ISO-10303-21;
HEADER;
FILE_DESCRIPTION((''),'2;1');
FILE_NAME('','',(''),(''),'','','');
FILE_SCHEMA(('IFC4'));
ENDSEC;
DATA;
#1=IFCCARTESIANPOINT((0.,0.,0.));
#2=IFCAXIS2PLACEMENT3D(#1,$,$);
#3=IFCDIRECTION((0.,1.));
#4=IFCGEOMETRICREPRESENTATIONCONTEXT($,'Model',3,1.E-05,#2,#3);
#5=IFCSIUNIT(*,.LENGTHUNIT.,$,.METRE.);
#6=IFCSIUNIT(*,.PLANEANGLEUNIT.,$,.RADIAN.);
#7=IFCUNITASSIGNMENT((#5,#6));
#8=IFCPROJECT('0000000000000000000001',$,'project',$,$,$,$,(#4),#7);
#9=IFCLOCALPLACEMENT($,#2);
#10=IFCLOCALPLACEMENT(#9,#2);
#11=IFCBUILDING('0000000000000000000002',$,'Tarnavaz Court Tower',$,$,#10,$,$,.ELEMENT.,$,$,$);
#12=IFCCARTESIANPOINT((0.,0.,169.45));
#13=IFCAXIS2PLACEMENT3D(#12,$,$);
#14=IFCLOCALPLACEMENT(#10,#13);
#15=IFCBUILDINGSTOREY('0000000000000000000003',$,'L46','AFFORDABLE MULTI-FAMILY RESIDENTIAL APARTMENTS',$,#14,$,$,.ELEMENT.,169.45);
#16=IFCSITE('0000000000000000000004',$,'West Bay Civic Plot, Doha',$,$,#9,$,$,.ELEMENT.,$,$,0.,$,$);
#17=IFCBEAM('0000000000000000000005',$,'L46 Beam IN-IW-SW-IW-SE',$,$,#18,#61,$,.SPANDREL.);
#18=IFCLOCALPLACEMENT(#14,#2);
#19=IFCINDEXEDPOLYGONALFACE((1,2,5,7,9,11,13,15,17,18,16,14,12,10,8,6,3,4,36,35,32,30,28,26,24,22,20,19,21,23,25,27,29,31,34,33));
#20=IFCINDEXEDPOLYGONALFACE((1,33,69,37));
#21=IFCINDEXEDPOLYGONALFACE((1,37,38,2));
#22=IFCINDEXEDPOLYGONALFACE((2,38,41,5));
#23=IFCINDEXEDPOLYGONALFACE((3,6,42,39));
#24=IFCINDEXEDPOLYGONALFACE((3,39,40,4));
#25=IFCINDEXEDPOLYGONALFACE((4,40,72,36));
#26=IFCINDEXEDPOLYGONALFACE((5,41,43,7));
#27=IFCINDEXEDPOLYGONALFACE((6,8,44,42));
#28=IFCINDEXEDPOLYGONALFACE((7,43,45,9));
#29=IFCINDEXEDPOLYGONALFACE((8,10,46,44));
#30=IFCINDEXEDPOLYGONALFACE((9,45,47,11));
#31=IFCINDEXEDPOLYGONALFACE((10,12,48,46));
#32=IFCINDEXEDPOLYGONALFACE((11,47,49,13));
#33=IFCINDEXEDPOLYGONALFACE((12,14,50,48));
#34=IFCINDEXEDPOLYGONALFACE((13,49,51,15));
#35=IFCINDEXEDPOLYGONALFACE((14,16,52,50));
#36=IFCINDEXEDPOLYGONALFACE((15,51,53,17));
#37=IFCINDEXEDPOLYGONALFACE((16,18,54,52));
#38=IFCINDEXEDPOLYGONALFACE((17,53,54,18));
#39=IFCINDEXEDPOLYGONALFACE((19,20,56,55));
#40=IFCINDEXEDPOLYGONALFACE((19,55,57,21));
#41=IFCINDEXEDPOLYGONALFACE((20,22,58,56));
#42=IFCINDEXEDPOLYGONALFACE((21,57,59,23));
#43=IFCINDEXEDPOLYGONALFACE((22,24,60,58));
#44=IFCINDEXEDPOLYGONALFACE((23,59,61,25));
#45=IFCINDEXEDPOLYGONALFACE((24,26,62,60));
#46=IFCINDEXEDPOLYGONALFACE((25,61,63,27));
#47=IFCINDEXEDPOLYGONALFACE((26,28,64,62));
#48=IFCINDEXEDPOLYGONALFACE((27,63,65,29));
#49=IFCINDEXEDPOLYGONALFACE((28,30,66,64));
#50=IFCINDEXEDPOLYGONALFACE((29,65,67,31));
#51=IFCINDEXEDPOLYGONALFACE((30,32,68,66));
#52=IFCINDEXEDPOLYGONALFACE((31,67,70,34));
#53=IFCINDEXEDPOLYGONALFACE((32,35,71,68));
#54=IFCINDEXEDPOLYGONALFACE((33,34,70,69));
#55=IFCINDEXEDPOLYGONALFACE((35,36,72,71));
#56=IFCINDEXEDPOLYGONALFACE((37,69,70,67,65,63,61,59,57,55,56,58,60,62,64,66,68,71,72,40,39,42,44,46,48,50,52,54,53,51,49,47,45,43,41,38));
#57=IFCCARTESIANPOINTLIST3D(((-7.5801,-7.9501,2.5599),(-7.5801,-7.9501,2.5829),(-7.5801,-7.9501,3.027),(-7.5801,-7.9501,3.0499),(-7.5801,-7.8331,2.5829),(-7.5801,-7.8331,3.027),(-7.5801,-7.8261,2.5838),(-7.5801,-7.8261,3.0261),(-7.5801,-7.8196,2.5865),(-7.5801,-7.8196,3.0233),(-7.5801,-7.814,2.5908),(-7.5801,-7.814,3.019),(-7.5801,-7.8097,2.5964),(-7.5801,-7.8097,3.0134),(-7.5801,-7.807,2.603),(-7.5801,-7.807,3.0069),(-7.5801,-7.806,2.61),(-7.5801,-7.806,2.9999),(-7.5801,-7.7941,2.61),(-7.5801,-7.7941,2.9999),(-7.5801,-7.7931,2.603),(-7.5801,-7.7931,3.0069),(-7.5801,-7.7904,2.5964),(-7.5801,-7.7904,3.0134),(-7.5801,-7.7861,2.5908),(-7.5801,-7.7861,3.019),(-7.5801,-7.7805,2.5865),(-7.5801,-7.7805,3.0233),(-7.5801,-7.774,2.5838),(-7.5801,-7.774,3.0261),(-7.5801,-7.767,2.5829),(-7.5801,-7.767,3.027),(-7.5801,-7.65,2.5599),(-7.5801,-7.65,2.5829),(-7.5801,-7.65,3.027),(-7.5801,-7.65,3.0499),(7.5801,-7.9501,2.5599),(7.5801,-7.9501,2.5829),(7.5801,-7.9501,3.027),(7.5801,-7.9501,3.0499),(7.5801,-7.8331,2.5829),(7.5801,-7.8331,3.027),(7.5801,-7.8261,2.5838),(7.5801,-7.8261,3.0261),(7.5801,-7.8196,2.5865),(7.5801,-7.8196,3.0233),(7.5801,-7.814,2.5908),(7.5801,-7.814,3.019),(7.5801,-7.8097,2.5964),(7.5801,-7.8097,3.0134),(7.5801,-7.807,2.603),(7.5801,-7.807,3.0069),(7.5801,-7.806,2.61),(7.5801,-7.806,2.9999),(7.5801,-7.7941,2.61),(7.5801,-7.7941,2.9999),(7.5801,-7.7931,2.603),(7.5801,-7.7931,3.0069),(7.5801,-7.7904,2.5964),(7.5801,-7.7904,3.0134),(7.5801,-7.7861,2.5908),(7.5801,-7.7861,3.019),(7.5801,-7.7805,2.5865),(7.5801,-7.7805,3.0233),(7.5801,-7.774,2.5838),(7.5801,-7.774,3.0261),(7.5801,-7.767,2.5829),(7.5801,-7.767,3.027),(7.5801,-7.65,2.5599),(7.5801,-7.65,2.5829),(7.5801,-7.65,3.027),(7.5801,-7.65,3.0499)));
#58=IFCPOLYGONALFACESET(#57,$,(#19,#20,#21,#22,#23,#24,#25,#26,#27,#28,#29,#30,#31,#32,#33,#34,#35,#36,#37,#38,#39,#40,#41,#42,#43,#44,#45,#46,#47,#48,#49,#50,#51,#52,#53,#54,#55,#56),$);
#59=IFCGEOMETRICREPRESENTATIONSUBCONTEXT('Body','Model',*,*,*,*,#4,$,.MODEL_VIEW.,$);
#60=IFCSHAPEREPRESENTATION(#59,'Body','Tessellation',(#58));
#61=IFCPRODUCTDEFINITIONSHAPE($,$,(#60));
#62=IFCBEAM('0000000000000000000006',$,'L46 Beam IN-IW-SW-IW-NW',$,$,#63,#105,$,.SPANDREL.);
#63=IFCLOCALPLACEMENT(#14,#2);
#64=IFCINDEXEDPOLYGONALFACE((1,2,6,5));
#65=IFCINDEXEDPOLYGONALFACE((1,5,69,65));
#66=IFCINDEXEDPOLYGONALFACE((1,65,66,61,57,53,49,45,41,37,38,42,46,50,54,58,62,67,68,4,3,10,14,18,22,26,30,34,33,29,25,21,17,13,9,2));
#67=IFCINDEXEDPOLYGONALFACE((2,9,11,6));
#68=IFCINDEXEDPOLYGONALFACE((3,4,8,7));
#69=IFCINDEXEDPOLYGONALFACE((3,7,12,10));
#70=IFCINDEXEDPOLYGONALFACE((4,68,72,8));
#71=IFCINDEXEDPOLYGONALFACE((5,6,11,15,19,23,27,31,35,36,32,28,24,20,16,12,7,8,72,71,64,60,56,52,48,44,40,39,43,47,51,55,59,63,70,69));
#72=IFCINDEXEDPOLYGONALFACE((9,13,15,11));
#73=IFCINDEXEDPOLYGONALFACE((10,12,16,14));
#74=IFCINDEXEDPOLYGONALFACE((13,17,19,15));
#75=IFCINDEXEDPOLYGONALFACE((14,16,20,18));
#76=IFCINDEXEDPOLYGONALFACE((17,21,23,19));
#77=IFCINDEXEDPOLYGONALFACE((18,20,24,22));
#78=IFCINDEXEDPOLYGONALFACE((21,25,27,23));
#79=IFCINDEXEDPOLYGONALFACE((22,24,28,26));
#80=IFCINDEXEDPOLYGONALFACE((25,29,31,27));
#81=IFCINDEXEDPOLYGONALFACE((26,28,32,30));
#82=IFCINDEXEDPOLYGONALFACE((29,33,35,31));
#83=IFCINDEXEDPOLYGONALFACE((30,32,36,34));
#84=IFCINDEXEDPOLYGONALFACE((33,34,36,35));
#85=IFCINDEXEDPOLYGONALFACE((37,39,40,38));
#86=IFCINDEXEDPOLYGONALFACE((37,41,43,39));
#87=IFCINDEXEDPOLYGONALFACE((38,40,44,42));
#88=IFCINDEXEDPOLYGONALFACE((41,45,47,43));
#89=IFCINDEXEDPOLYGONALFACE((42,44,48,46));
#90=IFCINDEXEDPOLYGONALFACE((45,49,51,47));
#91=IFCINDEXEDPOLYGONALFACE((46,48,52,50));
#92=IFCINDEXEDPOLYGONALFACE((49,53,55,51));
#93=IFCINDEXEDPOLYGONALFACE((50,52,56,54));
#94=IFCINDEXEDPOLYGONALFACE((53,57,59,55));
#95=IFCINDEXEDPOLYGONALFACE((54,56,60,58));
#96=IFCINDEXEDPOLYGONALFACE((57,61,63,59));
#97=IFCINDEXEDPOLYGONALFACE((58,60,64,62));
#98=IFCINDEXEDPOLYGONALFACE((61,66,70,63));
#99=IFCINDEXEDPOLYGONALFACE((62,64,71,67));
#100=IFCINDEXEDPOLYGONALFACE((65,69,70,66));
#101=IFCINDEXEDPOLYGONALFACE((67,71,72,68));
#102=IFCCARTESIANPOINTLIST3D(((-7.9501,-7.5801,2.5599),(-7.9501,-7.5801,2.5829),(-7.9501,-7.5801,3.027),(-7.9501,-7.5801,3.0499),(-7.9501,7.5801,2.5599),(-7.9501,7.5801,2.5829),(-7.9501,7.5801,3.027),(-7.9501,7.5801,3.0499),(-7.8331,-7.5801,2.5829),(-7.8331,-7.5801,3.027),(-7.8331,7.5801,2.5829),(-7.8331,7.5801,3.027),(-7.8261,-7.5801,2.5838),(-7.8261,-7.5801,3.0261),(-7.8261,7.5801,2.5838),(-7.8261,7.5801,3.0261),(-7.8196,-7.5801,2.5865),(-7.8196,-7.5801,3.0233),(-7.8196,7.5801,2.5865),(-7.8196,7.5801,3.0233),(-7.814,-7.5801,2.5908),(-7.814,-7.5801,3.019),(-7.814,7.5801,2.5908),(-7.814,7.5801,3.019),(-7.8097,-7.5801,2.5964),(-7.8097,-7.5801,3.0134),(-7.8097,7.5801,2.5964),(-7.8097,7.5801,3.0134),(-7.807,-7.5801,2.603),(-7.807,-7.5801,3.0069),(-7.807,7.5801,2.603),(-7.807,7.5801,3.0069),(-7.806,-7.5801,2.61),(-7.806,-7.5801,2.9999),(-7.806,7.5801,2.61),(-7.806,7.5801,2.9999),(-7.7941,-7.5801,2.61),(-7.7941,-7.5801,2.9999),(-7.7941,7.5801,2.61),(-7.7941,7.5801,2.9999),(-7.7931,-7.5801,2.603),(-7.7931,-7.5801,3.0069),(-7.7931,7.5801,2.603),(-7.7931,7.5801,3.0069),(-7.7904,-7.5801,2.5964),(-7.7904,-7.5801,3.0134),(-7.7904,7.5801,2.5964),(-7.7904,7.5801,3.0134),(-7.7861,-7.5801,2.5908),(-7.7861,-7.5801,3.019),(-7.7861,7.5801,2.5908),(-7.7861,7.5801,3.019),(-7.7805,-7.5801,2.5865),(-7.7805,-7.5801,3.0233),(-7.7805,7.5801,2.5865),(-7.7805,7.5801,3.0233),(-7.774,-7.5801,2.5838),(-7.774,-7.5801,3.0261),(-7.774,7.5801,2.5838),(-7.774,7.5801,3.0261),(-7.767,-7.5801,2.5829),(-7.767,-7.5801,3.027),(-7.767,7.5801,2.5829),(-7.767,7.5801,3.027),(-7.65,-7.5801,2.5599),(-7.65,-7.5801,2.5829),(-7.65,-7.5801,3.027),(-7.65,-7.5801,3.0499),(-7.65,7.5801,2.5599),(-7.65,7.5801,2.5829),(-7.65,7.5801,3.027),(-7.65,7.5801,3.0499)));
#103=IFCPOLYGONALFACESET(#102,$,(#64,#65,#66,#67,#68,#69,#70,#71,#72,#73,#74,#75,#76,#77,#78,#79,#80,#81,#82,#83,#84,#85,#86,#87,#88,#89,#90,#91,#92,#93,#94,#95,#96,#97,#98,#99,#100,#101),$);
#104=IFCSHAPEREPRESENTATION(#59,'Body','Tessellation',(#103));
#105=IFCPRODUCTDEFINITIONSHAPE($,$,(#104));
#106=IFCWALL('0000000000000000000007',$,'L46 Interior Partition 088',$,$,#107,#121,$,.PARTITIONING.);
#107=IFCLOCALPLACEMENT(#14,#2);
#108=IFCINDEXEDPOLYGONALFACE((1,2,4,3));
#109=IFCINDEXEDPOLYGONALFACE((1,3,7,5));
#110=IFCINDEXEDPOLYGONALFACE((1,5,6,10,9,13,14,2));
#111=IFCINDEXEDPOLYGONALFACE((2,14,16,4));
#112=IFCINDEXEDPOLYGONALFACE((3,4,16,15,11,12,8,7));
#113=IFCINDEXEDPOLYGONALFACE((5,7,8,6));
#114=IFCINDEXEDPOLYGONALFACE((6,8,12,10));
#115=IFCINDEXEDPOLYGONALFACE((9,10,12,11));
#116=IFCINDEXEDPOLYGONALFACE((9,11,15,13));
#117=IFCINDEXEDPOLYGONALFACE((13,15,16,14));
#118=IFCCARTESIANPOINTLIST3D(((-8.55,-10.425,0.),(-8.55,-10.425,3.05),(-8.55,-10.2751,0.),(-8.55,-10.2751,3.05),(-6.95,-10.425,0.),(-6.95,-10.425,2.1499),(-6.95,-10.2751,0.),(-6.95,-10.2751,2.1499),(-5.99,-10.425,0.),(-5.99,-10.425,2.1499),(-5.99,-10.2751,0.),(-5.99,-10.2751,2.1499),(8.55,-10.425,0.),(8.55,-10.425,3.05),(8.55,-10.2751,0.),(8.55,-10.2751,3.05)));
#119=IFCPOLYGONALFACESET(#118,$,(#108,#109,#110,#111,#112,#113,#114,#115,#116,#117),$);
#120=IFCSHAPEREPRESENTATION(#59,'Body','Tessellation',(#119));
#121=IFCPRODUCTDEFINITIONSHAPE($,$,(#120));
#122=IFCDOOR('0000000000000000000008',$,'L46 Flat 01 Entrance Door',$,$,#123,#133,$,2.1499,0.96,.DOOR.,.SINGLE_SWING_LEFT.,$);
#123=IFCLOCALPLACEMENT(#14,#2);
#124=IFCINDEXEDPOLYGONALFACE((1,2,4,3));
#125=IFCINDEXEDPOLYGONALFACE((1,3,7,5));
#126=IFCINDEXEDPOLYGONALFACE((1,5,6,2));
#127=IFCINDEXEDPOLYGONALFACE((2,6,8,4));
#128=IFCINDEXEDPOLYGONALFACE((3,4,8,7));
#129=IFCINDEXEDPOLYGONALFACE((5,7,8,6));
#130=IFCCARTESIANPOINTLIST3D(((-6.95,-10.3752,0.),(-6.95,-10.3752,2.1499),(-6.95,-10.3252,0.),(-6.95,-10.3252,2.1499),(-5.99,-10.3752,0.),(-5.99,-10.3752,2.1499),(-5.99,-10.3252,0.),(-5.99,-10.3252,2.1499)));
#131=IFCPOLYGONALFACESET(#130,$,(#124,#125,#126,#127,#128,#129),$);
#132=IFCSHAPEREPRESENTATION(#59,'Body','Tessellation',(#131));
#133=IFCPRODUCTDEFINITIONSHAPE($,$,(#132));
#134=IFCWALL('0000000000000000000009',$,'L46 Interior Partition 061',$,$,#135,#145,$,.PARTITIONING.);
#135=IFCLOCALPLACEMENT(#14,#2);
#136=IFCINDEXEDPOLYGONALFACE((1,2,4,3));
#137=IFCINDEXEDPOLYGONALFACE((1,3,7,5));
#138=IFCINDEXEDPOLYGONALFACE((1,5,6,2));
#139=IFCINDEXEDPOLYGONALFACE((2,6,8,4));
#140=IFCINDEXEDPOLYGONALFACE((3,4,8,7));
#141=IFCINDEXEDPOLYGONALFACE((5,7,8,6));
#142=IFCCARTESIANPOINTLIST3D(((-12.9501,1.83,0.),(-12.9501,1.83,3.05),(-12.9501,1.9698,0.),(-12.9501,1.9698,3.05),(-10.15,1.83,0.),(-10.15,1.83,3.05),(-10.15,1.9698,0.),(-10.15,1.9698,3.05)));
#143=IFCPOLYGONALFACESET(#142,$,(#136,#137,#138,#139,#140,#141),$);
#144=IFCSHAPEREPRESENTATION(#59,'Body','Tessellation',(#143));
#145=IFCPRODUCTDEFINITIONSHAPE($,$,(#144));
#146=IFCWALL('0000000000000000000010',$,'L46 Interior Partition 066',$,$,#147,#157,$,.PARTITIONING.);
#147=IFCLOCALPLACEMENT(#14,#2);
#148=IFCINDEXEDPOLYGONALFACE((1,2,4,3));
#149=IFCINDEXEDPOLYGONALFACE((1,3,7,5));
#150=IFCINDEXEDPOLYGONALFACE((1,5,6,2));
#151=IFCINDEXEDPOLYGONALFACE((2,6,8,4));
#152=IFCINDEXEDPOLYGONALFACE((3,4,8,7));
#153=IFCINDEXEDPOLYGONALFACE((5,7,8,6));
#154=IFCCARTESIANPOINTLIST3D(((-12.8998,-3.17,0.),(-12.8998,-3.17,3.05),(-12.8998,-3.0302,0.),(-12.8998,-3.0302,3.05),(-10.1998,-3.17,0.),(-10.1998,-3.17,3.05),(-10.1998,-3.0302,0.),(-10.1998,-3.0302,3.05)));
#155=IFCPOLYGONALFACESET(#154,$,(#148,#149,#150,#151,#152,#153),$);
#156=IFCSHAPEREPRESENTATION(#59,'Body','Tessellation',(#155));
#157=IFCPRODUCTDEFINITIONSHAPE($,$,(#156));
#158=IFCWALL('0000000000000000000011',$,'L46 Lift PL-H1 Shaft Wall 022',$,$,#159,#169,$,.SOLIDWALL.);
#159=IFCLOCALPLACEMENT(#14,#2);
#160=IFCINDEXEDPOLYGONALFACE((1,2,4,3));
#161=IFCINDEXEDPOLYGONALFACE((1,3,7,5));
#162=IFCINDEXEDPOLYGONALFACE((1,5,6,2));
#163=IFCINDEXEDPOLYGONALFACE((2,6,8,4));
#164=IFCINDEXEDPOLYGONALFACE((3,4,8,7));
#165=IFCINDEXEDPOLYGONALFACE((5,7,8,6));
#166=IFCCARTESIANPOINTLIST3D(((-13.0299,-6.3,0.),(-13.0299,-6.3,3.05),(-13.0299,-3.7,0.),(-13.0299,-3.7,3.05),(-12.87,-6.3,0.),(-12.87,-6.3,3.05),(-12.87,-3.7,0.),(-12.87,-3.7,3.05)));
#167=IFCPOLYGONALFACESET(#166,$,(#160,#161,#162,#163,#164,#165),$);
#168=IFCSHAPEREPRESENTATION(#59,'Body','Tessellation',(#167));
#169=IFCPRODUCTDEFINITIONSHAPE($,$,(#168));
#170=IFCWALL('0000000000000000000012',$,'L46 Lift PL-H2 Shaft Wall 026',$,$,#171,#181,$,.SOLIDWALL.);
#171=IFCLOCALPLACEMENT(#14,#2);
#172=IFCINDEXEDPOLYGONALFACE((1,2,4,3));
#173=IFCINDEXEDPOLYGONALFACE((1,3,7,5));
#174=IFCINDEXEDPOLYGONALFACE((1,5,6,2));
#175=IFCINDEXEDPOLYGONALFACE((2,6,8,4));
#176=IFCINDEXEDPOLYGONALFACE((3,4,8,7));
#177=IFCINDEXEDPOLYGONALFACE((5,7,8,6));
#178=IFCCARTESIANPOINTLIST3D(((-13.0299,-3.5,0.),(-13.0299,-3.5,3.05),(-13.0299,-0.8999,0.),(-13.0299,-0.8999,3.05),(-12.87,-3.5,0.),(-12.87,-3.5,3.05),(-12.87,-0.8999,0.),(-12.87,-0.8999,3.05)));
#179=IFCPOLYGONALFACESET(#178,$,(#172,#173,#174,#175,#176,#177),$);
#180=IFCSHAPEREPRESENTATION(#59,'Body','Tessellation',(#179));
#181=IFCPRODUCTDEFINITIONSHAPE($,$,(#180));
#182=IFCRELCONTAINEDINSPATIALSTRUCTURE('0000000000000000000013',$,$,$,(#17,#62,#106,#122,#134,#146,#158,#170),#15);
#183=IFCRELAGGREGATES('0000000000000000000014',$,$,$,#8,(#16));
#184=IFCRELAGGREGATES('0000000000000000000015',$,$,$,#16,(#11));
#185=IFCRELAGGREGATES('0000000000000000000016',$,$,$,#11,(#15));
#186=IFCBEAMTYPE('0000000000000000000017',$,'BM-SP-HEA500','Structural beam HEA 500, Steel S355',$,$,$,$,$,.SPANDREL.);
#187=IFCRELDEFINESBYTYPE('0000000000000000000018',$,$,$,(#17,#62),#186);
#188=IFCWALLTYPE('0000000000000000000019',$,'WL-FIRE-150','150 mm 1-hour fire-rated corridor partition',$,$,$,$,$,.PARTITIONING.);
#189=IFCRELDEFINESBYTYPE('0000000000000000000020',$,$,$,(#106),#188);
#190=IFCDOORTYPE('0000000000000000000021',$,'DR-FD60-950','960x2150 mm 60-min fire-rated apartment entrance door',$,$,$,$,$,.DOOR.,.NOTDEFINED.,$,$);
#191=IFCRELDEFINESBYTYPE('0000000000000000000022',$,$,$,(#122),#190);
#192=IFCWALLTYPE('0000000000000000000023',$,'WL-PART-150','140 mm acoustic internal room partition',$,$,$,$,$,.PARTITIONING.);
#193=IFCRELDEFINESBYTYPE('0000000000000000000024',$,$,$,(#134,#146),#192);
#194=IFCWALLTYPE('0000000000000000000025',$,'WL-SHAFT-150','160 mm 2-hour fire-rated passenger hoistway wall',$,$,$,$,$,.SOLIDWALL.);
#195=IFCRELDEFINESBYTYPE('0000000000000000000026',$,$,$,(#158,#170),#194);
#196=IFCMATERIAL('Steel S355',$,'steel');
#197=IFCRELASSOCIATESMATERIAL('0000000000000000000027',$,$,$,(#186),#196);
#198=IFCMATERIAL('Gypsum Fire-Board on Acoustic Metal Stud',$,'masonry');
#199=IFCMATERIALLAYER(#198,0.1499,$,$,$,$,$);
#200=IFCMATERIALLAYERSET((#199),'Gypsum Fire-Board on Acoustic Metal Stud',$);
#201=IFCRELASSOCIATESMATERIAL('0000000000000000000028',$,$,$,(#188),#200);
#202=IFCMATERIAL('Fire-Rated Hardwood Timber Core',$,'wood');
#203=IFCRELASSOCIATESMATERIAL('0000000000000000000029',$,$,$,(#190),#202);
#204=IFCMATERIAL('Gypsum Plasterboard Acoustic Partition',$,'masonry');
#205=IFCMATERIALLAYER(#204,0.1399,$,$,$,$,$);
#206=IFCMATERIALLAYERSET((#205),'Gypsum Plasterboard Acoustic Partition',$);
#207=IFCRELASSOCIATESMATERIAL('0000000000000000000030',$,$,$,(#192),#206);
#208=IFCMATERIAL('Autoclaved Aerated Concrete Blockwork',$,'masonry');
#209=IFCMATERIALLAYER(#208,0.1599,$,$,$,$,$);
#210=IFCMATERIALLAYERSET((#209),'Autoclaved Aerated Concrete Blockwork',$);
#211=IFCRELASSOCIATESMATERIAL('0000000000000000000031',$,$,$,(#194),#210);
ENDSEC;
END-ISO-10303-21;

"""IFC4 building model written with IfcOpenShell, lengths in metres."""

from ifc_helpers import new_model, si_unit, direction, frame, frame_2d, origin, origin_2d, place, context, subcontext, project, spatial, rectangle, i_section, extrude, material, layer, layer_set, material_profile, profile_set, type_object, element, fill, save


model = new_model("IFC4")

# Units and contexts
model_context = context("Model", 3, precision=1e-05, world=origin(), true_north=direction((0.0, 1.0)))
body_context = subcontext(model_context, "Body", "Model", "MODEL_VIEW")
ifc_project = project(units=[si_unit("LENGTHUNIT", "METRE"), si_unit("PLANEANGLEUNIT", "RADIAN")], contexts=[model_context])

# Site, building, storey
site_placement = place(None, origin())
site = spatial("IfcSite", under=ifc_project, at=site_placement, Name="West Bay Civic Plot, Doha", CompositionType="ELEMENT", RefElevation=0.0)
building_placement = place(site_placement, origin())
building = spatial("IfcBuilding", under=site, at=building_placement, Name="Tarnavaz Court Tower", CompositionType="ELEMENT")
storey_placement = place(building_placement, frame((0.0, 0.0, 169.45)))
storey = spatial("IfcBuildingStorey", under=building, at=storey_placement, Name="L46", Description="AFFORDABLE MULTI-FAMILY RESIDENTIAL APARTMENTS", CompositionType="ELEMENT", Elevation=169.45)

# Beams
ifc_material_1 = material(Name="Steel S355", Category="steel")
ifc_material_profile_1 = material_profile(ifc_material_1, i_section(OverallWidth=0.3, OverallDepth=0.49, WebThickness=0.012, FlangeThickness=0.0229, FilletRadius=0.0271, at=origin_2d()), Name="HEA 500")
ifc_profile_set_1 = profile_set([ifc_material_profile_1], Name="Steel S355")
beam_type_1 = type_object("IfcBeamType", Name="BM-SP-HEA500", Description="Structural beam HEA 500, Steel S355", PredefinedType="SPANDREL", material=ifc_profile_set_1)
for number, where, z_axis, x_axis, name in (
    (1, (-7.5801, -7.8, 2.8049), (1.0, 0.0, 0.0), (0.0, 1.0, 0.0), "L46 Beam IN-IW-SW-IW-SE"),
    (2, (-7.8, -7.5801, 2.8049), (0.0, 1.0, 0.0), (-1.0, 0.0, 0.0), "L46 Beam IN-IW-SW-IW-NW"),
):
    element("IfcBeam", number, at=place(storey_placement, frame(where, z_axis=z_axis, x_axis=x_axis)), inside=storey, type_object=beam_type_1, Name=name, PredefinedType="SPANDREL", context=body_context, shape_type="SweptSolid", body=[
        extrude(i_section(OverallWidth=0.3, OverallDepth=0.49, WebThickness=0.012, FlangeThickness=0.0229, FilletRadius=0.0271, at=origin_2d()), origin(), (0.0, 0.0, 1.0), 15.1602),
    ])

# Wall, opening, door
ifc_material_2 = material(Name="Gypsum Fire-Board on Acoustic Metal Stud", Category="masonry")
ifc_layer_1 = layer(ifc_material_2, 0.1499)
ifc_layer_set_1 = layer_set([ifc_layer_1], Name="Gypsum Fire-Board on Acoustic Metal Stud")
wall_type_1 = type_object("IfcWallType", Name="WL-FIRE-150", Description="150 mm 1-hour fire-rated corridor partition", PredefinedType="PARTITIONING", material=ifc_layer_set_1)
wall_1_placement = place(storey_placement, frame((-8.55, -10.3501, 0.0), z_axis=(0.0, 0.0, 1.0), x_axis=(1.0, 0.0, 0.0)))
wall_1 = element("IfcWall", 3, at=wall_1_placement, inside=storey, type_object=wall_type_1, Name="L46 Interior Partition 088", PredefinedType="PARTITIONING", context=body_context, shape_type="SweptSolid", body=[
    extrude(rectangle(XDim=17.1001, YDim=0.1499, at=frame_2d((8.55, 0.0))), origin(), (0.0, 0.0, 1.0), 3.05),
])
opening_1_placement = place(wall_1_placement, frame((1.6001, 0.0, 0.0)))
opening_1 = element("IfcOpeningElement", 4, at=opening_1_placement, cuts=wall_1, PredefinedType="OPENING", context=body_context, shape_type="SweptSolid", body=[
    extrude(rectangle(XDim=0.96, YDim=2.1499, at=frame_2d((0.48, 1.075))), frame((0.0, 0.085, 0.0), z_axis=(0.0, -1.0, 0.0), x_axis=(1.0, 0.0, 0.0)), (0.0, 0.0, 1.0), 0.1699),
])
ifc_material_3 = material(Name="Fire-Rated Hardwood Timber Core", Category="wood")
door_type_1 = type_object("IfcDoorType", Name="DR-FD60-950", Description="960x2150 mm 60-min fire-rated apartment entrance door", OperationType="NOTDEFINED", PredefinedType="DOOR", material=ifc_material_3)
door_1_placement = place(opening_1_placement, origin())
door_1 = element("IfcDoor", 5, at=door_1_placement, inside=storey, type_object=door_type_1, Name="L46 Flat 01 Entrance Door", OperationType="SINGLE_SWING_LEFT", OverallHeight=2.1499, OverallWidth=0.96, PredefinedType="DOOR", context=body_context, shape_type="SweptSolid", body=[
    extrude(rectangle(XDim=0.96, YDim=2.1499, at=frame_2d((0.48, 1.075))), frame((0.0, 0.0249, 0.0), z_axis=(0.0, -1.0, 0.0), x_axis=(1.0, 0.0, 0.0)), (0.0, 0.0, 1.0), 0.05),
])
fill(opening_1, door_1)

# Wall
ifc_material_4 = material(Name="Gypsum Plasterboard Acoustic Partition", Category="masonry")
ifc_layer_2 = layer(ifc_material_4, 0.1399)
ifc_layer_set_2 = layer_set([ifc_layer_2], Name="Gypsum Plasterboard Acoustic Partition")
wall_type_2 = type_object("IfcWallType", Name="WL-PART-150", Description="140 mm acoustic internal room partition", PredefinedType="PARTITIONING", material=ifc_layer_set_2)
wall_2_placement = place(storey_placement, frame((-12.95, 1.8999, 0.0), z_axis=(0.0, 0.0, 1.0), x_axis=(1.0, 0.0, 0.0)))
element("IfcWall", 6, at=wall_2_placement, inside=storey, type_object=wall_type_2, Name="L46 Interior Partition 061", PredefinedType="PARTITIONING", context=body_context, shape_type="SweptSolid", body=[
    extrude(rectangle(XDim=2.8, YDim=0.1399, at=frame_2d((1.3999, 0.0))), origin(), (0.0, 0.0, 1.0), 3.05),
])

# Walls
wall_3_placement = place(storey_placement, frame((-12.8999, -3.1001, 0.0), z_axis=(0.0, 0.0, 1.0), x_axis=(1.0, 0.0, 0.0)))
element("IfcWall", 7, at=wall_3_placement, inside=storey, type_object=wall_type_2, Name="L46 Interior Partition 066", PredefinedType="PARTITIONING", context=body_context, shape_type="SweptSolid", body=[
    extrude(rectangle(XDim=2.7, YDim=0.1399, at=frame_2d((1.3501, 0.0))), origin(), (0.0, 0.0, 1.0), 3.05),
])
ifc_material_5 = material(Name="Autoclaved Aerated Concrete Blockwork", Category="masonry")
ifc_layer_3 = layer(ifc_material_5, 0.1599)
ifc_layer_set_3 = layer_set([ifc_layer_3], Name="Autoclaved Aerated Concrete Blockwork")
wall_type_3 = type_object("IfcWallType", Name="WL-SHAFT-150", Description="160 mm 2-hour fire-rated passenger hoistway wall", PredefinedType="SOLIDWALL", material=ifc_layer_set_3)
for number, where, z_axis, x_axis, name in (
    (8, (-12.95, -6.3, 0.0), (0.0, 0.0, 1.0), (0.0, 1.0, 0.0), "L46 Lift PL-H1 Shaft Wall 022"),
    (9, (-12.95, -3.5, 0.0), (0.0, 0.0, 1.0), (0.0, 1.0, 0.0), "L46 Lift PL-H2 Shaft Wall 026"),
):
    element("IfcWall", number, at=place(storey_placement, frame(where, z_axis=z_axis, x_axis=x_axis)), inside=storey, type_object=wall_type_3, Name=name, PredefinedType="SOLIDWALL", context=body_context, shape_type="SweptSolid", body=[
        extrude(rectangle(XDim=2.6001, YDim=0.1599, at=frame_2d((1.3, 0.0))), origin(), (0.0, 0.0, 1.0), 3.05),
    ])

save(model, "model.ifc")
